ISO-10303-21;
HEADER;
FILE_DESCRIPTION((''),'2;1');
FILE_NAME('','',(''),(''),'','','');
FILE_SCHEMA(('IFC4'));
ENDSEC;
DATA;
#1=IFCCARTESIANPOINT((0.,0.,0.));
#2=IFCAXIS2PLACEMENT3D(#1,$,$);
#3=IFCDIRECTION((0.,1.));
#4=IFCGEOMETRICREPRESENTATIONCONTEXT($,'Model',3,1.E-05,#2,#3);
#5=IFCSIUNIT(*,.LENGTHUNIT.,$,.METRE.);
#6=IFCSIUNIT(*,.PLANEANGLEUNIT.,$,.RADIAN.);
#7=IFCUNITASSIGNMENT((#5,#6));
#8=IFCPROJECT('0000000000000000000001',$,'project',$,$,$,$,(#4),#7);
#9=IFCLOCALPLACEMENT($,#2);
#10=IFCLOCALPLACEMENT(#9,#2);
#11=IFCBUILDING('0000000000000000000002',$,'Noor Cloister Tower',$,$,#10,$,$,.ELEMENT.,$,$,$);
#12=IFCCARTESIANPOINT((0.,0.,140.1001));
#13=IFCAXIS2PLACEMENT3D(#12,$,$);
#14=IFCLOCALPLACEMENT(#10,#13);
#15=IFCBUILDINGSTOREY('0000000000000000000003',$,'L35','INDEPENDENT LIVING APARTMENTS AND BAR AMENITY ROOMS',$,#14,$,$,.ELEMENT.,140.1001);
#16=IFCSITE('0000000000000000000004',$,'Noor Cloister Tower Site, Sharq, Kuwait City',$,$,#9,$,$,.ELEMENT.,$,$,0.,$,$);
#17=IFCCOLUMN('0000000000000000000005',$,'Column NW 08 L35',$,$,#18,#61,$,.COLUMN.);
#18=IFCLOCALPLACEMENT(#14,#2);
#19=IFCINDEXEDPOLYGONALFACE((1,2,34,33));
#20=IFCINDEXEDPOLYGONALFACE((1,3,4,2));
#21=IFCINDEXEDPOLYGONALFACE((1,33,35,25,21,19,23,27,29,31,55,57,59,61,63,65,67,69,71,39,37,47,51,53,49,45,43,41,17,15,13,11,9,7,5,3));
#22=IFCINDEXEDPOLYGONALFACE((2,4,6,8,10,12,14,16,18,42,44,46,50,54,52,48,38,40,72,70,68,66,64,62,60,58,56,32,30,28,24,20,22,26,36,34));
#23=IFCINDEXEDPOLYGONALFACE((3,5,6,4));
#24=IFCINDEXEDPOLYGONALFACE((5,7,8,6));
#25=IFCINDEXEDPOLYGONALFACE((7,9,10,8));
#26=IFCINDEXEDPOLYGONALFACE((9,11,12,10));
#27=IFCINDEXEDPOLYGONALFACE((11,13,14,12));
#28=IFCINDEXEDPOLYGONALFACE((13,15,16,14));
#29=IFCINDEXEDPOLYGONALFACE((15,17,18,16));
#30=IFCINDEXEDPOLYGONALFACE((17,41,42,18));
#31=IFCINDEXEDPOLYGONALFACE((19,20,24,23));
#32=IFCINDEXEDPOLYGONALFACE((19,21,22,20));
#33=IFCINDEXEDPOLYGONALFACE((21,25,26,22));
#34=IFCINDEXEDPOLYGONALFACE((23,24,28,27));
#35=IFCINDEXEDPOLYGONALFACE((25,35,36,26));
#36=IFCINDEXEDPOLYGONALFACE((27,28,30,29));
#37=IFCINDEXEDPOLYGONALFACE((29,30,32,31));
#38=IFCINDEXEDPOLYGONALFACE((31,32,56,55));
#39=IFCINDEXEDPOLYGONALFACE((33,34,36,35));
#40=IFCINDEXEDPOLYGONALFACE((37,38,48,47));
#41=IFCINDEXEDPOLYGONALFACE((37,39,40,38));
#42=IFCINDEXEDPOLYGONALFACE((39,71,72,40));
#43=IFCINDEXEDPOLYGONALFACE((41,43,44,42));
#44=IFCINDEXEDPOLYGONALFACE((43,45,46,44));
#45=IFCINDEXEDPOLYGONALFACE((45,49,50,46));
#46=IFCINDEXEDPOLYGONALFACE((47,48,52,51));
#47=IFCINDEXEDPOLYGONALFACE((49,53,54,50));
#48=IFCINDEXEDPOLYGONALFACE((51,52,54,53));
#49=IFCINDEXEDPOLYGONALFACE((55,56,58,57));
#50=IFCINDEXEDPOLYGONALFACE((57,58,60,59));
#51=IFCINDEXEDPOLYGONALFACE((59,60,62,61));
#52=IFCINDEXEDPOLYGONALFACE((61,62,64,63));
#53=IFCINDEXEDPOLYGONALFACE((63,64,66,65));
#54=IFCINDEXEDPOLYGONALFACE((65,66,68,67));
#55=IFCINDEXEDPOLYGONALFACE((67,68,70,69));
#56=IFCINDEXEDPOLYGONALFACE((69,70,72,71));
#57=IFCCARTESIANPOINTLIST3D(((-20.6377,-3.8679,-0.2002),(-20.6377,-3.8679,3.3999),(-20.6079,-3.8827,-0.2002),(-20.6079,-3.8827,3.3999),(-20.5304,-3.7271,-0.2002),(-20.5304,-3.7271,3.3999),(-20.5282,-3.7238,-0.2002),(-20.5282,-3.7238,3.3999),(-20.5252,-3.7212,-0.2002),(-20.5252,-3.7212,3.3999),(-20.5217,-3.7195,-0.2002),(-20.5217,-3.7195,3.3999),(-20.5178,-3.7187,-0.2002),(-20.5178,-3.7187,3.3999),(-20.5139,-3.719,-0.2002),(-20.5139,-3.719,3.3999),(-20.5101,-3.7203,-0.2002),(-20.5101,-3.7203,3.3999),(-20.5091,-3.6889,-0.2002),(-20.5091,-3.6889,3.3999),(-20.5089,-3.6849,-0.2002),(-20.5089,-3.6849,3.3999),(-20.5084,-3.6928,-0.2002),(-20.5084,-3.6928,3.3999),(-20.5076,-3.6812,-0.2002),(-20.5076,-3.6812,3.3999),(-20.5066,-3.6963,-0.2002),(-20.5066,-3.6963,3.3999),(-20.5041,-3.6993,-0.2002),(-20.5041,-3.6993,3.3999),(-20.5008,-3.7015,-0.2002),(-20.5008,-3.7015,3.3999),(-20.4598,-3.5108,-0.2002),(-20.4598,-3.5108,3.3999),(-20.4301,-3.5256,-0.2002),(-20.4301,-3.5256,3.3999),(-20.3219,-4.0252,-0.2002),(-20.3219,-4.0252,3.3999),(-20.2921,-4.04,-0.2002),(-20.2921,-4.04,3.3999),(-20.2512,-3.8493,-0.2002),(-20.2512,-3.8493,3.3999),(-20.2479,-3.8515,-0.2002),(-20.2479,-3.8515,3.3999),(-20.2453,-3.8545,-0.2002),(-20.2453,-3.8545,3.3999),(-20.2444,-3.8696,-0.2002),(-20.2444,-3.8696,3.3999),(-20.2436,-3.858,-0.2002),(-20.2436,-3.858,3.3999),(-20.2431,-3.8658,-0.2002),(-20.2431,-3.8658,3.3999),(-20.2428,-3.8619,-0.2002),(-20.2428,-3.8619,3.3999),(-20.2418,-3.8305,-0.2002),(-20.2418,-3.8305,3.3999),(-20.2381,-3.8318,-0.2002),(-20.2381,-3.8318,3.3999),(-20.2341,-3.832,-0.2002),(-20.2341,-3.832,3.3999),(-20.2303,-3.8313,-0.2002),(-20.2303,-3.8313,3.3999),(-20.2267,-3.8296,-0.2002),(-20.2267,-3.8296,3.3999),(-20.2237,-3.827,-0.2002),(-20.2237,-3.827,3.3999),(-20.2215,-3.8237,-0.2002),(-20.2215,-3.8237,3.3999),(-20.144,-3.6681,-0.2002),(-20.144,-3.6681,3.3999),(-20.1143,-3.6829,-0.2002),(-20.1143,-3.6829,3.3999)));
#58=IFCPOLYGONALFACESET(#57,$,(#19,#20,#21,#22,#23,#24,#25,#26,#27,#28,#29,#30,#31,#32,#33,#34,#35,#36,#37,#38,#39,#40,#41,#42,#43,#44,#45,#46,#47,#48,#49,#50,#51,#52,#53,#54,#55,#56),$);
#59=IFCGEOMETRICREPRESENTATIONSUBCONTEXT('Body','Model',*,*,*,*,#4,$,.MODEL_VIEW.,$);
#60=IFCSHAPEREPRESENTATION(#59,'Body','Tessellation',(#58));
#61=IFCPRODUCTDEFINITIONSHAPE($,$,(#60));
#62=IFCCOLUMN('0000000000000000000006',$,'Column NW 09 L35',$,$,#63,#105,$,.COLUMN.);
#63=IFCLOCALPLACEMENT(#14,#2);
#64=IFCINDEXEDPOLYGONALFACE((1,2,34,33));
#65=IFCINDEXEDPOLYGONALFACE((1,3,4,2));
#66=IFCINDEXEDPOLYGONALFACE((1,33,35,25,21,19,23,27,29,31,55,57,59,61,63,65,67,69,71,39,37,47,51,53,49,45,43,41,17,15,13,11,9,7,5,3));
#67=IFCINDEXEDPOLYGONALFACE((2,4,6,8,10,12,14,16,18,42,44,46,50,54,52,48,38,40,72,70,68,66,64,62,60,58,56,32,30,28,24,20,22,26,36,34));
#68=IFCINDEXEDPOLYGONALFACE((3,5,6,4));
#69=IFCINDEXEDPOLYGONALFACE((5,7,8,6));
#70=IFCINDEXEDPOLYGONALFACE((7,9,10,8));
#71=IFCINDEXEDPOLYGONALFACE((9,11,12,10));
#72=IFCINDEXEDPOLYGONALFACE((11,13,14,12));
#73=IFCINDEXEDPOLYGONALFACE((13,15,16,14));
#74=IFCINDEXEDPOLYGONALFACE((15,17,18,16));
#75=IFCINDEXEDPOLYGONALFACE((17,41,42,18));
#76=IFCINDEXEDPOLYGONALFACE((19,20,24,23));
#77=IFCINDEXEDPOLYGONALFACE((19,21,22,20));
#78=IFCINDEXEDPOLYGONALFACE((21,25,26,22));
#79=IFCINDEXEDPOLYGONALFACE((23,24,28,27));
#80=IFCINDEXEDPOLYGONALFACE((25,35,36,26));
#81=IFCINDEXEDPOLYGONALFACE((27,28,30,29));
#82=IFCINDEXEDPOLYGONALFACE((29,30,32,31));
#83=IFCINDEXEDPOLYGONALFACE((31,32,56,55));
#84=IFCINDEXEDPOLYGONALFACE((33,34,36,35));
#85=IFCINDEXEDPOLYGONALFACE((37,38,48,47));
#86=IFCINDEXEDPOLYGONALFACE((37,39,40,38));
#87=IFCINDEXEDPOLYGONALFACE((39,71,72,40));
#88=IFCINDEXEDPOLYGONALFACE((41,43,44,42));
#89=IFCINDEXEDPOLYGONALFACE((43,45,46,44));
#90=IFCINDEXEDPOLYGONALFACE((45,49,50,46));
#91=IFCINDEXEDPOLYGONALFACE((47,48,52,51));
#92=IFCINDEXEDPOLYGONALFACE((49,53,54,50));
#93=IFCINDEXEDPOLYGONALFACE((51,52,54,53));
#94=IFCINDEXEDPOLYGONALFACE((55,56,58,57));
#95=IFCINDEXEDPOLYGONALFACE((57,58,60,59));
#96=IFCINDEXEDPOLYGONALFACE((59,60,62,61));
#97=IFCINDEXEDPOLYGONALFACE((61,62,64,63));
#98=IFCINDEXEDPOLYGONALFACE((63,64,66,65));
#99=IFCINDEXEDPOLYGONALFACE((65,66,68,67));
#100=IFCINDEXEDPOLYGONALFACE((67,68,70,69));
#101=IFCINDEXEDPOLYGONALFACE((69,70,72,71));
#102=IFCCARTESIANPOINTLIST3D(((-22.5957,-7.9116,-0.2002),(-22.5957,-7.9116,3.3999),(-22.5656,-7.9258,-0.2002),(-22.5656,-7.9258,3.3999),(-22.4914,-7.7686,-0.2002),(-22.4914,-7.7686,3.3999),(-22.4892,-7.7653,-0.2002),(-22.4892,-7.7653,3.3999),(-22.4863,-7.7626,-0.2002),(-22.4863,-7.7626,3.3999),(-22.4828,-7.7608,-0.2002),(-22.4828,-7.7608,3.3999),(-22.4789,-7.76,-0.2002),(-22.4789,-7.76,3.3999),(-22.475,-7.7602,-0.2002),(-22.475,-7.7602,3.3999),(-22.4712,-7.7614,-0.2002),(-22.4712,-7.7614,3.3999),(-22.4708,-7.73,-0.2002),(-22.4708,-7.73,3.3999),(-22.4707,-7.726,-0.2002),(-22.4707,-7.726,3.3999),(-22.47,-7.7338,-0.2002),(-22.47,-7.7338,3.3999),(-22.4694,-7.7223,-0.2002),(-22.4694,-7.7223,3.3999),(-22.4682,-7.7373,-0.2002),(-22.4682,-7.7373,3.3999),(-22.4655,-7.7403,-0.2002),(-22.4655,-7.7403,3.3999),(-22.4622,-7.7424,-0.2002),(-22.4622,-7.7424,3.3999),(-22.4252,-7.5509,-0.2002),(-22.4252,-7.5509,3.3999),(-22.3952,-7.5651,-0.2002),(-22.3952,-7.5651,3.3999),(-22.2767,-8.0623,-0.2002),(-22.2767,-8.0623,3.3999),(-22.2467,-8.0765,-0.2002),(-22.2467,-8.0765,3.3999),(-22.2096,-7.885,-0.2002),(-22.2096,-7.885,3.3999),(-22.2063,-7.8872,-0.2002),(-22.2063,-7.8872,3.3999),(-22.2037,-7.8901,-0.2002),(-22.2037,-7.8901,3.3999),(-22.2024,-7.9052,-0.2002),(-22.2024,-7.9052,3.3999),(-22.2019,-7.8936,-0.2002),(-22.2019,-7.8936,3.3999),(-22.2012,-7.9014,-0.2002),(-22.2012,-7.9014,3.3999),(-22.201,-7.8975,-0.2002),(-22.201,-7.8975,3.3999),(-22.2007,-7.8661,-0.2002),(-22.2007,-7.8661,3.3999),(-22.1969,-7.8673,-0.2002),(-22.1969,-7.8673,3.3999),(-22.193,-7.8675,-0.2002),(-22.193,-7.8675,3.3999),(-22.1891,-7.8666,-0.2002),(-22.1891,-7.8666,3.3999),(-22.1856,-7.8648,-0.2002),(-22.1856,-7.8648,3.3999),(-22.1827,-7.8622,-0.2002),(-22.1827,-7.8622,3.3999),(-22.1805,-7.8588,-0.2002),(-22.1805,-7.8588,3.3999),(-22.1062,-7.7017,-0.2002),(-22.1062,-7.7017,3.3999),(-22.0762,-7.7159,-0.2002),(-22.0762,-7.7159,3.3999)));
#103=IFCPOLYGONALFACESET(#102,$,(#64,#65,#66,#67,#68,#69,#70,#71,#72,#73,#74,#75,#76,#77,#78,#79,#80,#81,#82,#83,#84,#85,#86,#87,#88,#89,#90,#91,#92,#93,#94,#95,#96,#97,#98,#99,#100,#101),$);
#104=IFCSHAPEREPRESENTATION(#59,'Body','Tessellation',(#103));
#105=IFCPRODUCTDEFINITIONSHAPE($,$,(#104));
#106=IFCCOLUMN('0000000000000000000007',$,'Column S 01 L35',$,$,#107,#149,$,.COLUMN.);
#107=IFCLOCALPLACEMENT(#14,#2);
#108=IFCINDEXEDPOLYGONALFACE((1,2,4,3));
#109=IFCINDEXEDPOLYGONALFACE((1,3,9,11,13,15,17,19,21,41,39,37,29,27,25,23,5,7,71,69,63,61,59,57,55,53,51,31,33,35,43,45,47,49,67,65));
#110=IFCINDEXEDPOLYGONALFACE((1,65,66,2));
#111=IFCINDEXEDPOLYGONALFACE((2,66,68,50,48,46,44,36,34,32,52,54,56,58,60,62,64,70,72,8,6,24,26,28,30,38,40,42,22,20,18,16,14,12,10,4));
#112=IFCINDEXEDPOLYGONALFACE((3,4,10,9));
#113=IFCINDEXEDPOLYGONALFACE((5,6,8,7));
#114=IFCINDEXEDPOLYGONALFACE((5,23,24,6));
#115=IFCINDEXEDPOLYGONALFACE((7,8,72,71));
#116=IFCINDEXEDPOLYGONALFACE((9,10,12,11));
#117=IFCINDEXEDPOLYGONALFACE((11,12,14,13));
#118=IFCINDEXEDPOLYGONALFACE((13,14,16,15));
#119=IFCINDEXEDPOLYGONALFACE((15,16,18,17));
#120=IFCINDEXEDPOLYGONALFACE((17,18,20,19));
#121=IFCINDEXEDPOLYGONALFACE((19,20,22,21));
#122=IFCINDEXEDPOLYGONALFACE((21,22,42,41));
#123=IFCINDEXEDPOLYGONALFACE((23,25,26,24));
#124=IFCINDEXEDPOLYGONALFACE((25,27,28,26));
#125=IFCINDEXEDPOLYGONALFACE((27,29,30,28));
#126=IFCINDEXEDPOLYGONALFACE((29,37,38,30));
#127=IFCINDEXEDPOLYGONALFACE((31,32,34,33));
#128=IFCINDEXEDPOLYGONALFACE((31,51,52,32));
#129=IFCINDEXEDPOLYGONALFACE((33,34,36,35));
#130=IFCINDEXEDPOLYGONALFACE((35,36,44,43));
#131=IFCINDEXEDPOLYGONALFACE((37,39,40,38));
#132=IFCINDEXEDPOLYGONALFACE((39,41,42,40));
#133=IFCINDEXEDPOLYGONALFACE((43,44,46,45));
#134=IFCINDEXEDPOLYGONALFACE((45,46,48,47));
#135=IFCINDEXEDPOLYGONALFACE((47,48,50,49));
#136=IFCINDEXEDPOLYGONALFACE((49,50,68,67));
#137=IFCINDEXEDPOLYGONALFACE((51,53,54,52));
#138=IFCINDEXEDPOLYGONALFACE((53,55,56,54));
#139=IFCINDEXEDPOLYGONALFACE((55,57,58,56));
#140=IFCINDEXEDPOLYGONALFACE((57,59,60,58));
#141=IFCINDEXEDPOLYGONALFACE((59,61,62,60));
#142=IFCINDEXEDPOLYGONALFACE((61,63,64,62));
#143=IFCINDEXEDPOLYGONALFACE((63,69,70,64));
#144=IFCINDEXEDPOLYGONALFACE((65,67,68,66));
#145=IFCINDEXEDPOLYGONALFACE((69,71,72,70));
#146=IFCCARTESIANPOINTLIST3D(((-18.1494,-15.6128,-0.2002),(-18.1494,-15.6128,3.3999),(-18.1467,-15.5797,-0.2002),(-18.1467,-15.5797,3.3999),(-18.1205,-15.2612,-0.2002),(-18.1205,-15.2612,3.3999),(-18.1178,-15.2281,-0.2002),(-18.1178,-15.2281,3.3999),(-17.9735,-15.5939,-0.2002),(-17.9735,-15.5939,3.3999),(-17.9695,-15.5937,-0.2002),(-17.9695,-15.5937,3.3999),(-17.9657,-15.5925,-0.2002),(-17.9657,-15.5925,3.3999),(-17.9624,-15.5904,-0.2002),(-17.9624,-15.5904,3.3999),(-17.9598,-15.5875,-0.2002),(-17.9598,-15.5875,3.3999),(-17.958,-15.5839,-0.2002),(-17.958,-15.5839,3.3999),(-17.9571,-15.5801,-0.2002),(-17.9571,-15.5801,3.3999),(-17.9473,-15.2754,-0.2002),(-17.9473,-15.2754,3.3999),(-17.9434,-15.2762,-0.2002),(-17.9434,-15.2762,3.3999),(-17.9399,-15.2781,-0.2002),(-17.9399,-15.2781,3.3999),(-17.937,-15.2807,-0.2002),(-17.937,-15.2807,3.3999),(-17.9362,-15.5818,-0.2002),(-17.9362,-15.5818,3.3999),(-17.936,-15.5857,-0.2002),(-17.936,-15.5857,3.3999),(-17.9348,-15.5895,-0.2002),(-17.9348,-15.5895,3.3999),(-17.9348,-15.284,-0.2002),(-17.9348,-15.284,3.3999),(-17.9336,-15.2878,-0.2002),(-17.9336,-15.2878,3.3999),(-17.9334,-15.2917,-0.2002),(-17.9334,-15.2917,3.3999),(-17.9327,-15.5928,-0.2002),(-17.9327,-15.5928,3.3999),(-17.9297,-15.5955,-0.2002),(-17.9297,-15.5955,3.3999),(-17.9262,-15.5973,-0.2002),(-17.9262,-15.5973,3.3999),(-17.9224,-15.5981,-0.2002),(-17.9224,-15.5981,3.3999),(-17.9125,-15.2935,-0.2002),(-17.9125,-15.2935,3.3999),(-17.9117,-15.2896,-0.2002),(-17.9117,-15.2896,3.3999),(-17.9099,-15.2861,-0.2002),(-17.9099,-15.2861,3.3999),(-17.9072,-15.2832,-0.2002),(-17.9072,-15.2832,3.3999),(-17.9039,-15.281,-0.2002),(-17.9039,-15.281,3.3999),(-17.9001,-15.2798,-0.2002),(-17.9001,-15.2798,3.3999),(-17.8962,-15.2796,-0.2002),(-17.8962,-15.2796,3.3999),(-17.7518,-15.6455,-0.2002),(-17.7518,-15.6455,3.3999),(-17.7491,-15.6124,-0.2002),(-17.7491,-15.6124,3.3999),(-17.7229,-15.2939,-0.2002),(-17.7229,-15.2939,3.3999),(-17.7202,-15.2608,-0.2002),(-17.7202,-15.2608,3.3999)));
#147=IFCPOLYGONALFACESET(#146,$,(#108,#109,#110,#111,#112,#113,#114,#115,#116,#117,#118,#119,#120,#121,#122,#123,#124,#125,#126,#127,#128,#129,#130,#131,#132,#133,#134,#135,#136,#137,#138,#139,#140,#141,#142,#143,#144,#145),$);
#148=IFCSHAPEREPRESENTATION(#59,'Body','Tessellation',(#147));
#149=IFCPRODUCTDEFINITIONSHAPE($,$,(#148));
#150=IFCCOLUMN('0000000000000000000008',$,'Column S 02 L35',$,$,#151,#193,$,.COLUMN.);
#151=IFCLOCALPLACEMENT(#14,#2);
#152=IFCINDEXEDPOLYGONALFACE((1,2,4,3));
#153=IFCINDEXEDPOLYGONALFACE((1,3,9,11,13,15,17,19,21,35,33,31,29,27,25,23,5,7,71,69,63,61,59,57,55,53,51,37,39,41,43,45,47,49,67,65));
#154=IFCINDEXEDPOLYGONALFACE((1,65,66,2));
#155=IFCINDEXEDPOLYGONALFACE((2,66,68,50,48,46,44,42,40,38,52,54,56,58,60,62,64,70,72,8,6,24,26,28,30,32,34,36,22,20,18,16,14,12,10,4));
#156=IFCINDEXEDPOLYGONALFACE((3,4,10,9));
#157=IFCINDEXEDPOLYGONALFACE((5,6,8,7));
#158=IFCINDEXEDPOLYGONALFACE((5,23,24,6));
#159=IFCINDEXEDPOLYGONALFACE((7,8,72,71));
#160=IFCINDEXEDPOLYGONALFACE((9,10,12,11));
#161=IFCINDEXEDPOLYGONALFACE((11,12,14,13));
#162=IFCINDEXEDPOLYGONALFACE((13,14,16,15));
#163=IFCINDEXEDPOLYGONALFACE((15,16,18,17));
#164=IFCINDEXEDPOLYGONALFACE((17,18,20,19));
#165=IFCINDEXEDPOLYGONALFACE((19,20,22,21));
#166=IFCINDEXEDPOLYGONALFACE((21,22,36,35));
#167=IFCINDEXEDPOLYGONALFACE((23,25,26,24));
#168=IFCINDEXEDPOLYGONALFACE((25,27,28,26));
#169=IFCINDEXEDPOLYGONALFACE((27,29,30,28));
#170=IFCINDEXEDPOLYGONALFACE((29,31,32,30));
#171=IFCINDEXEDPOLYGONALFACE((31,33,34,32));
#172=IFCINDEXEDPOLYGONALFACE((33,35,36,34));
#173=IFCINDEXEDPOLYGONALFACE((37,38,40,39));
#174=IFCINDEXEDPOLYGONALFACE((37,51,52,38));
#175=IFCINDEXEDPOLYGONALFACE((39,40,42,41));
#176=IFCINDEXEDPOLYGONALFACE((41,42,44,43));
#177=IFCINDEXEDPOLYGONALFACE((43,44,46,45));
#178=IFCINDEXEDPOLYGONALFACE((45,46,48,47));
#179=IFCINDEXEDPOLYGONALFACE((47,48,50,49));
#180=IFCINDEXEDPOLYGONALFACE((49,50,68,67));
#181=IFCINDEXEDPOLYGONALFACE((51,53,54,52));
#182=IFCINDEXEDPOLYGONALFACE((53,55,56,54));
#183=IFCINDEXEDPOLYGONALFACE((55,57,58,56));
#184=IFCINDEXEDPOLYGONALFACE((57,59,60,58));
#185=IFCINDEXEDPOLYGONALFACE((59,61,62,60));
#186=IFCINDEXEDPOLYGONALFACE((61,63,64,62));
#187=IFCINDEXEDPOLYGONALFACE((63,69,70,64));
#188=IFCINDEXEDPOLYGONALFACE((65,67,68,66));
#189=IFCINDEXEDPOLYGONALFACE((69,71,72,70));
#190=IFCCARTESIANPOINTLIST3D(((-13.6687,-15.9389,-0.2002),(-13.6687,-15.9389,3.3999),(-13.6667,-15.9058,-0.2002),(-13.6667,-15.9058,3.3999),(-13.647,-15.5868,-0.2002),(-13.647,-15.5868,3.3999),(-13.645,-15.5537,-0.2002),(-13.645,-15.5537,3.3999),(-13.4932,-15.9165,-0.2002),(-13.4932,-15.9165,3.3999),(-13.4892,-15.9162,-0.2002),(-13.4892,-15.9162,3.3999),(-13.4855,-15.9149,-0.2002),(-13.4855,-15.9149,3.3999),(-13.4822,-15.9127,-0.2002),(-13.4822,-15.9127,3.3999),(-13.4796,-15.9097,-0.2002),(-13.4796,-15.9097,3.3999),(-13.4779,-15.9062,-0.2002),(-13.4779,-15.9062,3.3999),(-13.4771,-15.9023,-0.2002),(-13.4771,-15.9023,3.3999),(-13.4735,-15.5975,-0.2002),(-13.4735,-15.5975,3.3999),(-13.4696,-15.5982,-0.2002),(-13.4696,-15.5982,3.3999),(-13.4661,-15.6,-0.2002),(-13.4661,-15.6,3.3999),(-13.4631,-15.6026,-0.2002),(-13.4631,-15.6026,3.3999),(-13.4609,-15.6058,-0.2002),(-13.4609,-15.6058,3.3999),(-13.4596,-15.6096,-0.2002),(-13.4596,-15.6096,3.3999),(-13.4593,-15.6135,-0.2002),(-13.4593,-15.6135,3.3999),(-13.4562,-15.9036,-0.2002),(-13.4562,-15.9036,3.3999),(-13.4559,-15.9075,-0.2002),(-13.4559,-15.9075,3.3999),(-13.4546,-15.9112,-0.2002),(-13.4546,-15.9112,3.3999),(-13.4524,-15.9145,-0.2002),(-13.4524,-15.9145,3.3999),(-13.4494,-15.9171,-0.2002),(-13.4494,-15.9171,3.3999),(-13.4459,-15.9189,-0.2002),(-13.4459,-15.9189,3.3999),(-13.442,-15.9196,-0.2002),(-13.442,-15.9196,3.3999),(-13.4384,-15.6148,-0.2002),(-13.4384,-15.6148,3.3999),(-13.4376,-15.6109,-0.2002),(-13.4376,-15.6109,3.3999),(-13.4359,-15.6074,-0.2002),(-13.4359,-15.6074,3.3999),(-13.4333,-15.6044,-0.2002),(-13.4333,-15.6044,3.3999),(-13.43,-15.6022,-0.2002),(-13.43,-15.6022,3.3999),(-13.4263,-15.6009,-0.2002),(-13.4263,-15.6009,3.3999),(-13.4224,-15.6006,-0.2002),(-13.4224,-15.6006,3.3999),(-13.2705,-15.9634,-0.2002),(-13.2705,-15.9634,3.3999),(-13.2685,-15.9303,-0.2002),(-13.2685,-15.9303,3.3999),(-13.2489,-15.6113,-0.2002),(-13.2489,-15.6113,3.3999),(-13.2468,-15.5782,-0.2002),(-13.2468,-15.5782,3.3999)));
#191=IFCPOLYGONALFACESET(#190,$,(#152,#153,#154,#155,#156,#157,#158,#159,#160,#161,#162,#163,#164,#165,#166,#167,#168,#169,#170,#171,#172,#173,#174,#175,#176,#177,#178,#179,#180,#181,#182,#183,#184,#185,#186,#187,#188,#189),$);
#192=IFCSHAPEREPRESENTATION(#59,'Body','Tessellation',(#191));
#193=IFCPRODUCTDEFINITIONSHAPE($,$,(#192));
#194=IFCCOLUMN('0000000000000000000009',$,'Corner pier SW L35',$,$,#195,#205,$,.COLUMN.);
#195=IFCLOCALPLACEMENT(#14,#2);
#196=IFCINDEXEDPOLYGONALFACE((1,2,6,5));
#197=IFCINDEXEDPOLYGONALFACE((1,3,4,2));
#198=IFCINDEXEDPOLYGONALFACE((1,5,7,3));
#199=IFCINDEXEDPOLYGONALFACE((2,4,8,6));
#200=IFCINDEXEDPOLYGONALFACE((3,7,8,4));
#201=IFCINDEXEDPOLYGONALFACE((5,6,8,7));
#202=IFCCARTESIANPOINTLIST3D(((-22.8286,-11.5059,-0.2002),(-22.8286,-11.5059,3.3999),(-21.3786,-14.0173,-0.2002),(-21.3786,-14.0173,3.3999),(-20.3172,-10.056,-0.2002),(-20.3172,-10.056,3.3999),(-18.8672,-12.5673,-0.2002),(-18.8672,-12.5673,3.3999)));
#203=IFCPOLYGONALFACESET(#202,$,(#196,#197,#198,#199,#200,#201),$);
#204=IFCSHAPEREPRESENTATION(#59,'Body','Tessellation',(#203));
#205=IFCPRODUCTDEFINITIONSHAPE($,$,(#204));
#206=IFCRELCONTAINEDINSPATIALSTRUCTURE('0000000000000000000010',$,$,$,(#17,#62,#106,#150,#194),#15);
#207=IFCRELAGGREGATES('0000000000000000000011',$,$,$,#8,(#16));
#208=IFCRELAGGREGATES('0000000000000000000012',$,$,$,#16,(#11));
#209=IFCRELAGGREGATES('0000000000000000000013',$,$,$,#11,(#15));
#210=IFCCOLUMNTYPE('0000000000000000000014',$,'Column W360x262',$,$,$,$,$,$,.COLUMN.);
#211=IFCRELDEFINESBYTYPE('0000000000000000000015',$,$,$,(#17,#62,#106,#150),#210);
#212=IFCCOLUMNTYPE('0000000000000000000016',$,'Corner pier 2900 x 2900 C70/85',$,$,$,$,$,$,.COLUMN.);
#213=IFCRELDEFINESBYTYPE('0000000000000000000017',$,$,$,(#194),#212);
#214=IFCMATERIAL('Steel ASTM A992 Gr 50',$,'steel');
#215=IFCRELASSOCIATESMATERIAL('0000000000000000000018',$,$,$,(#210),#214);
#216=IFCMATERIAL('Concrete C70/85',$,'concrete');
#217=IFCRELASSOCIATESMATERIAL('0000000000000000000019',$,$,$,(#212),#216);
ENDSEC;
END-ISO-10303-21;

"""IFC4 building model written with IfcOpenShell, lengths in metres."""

from ifc_helpers import new_model, si_unit, direction, frame, origin, origin_2d, place, context, subcontext, project, spatial, rectangle, i_section, extrude, material, material_profile, profile_set, type_object, element, save


model = new_model("IFC4")

# Units and contexts
model_context = context("Model", 3, precision=1e-05, world=origin(), true_north=direction((0.0, 1.0)))
body_context = subcontext(model_context, "Body", "Model", "MODEL_VIEW")
ifc_project = project(units=[si_unit("LENGTHUNIT", "METRE"), si_unit("PLANEANGLEUNIT", "RADIAN")], contexts=[model_context])

# Site, building, storey
site_placement = place(None, origin())
site = spatial("IfcSite", under=ifc_project, at=site_placement, Name="Noor Cloister Tower Site, Sharq, Kuwait City", CompositionType="ELEMENT", RefElevation=0.0)
building_placement = place(site_placement, origin())
building = spatial("IfcBuilding", under=site, at=building_placement, Name="Noor Cloister Tower", CompositionType="ELEMENT")
storey_placement = place(building_placement, frame((0.0, 0.0, 140.1001)))
storey = spatial("IfcBuildingStorey", under=building, at=storey_placement, Name="L35", Description="INDEPENDENT LIVING APARTMENTS AND BAR AMENITY ROOMS", CompositionType="ELEMENT", Elevation=140.1001)

# Columns
ifc_material_1 = material(Name="Steel ASTM A992 Gr 50", Category="steel")
ifc_material_profile_1 = material_profile(ifc_material_1, i_section(OverallWidth=0.3989, OverallDepth=0.386, WebThickness=0.021, FlangeThickness=0.0332, FilletRadius=0.0151, at=origin_2d()), Name="W360x262")
ifc_profile_set_1 = profile_set([ifc_material_profile_1], Name="Steel ASTM A992 Gr 50")
column_type_1 = type_object("IfcColumnType", Name="Column W360x262", PredefinedType="COLUMN", material=ifc_profile_set_1)
for number, where, z_axis, x_axis, name in (
    (1, (-20.376, -3.7754, -0.2002), (0.0, 0.0, 1.0), (-0.445819, -0.895123, 0.0), "Column NW 08 L35"),
    (2, (-22.3359, -7.8137, -0.2002), (0.0, 0.0, 1.0), (-0.427373, -0.904075, 0.0), "Column NW 09 L35"),
    (3, (-17.9348, -15.4368, -0.2002), (0.0, 0.0, 1.0), (0.996639, -0.081922, 0.0), "Column S 01 L35"),
    (4, (-13.4578, -15.7585, -0.2002), (0.0, 0.0, 1.0), (0.998109, -0.061471, 0.0), "Column S 02 L35"),
):
    element("IfcColumn", number, at=place(storey_placement, frame(where, z_axis=z_axis, x_axis=x_axis)), inside=storey, type_object=column_type_1, Name=name, PredefinedType="COLUMN", context=body_context, shape_type="SweptSolid", body=[
        extrude(i_section(OverallWidth=0.3989, OverallDepth=0.386, WebThickness=0.021, FlangeThickness=0.0332, FilletRadius=0.0151, at=origin_2d()), origin(), (0.0, 0.0, 1.0), 3.6001),
    ])
ifc_material_2 = material(Name="Concrete C70/85", Category="concrete")
ifc_material_profile_2 = material_profile(ifc_material_2, rectangle(XDim=2.8999, YDim=2.8999, at=origin_2d()), Name="RC 2900x2900")
ifc_profile_set_2 = profile_set([ifc_material_profile_2], Name="Concrete C70/85")
column_type_2 = type_object("IfcColumnType", Name="Corner pier 2900 x 2900 C70/85", PredefinedType="COLUMN", material=ifc_profile_set_2)
column_placement = place(storey_placement, frame((-20.8479, -12.0366, -0.2002), z_axis=(0.0, 0.0, 1.0), x_axis=(-0.866025, -0.5, 0.0)))
element("IfcColumn", 5, at=column_placement, inside=storey, type_object=column_type_2, Name="Corner pier SW L35", PredefinedType="COLUMN", context=body_context, shape_type="SweptSolid", body=[
    extrude(rectangle(XDim=2.8999, YDim=2.8999, at=origin_2d()), origin(), (0.0, 0.0, 1.0), 3.6001),
])

save(model, "model.ifc")
